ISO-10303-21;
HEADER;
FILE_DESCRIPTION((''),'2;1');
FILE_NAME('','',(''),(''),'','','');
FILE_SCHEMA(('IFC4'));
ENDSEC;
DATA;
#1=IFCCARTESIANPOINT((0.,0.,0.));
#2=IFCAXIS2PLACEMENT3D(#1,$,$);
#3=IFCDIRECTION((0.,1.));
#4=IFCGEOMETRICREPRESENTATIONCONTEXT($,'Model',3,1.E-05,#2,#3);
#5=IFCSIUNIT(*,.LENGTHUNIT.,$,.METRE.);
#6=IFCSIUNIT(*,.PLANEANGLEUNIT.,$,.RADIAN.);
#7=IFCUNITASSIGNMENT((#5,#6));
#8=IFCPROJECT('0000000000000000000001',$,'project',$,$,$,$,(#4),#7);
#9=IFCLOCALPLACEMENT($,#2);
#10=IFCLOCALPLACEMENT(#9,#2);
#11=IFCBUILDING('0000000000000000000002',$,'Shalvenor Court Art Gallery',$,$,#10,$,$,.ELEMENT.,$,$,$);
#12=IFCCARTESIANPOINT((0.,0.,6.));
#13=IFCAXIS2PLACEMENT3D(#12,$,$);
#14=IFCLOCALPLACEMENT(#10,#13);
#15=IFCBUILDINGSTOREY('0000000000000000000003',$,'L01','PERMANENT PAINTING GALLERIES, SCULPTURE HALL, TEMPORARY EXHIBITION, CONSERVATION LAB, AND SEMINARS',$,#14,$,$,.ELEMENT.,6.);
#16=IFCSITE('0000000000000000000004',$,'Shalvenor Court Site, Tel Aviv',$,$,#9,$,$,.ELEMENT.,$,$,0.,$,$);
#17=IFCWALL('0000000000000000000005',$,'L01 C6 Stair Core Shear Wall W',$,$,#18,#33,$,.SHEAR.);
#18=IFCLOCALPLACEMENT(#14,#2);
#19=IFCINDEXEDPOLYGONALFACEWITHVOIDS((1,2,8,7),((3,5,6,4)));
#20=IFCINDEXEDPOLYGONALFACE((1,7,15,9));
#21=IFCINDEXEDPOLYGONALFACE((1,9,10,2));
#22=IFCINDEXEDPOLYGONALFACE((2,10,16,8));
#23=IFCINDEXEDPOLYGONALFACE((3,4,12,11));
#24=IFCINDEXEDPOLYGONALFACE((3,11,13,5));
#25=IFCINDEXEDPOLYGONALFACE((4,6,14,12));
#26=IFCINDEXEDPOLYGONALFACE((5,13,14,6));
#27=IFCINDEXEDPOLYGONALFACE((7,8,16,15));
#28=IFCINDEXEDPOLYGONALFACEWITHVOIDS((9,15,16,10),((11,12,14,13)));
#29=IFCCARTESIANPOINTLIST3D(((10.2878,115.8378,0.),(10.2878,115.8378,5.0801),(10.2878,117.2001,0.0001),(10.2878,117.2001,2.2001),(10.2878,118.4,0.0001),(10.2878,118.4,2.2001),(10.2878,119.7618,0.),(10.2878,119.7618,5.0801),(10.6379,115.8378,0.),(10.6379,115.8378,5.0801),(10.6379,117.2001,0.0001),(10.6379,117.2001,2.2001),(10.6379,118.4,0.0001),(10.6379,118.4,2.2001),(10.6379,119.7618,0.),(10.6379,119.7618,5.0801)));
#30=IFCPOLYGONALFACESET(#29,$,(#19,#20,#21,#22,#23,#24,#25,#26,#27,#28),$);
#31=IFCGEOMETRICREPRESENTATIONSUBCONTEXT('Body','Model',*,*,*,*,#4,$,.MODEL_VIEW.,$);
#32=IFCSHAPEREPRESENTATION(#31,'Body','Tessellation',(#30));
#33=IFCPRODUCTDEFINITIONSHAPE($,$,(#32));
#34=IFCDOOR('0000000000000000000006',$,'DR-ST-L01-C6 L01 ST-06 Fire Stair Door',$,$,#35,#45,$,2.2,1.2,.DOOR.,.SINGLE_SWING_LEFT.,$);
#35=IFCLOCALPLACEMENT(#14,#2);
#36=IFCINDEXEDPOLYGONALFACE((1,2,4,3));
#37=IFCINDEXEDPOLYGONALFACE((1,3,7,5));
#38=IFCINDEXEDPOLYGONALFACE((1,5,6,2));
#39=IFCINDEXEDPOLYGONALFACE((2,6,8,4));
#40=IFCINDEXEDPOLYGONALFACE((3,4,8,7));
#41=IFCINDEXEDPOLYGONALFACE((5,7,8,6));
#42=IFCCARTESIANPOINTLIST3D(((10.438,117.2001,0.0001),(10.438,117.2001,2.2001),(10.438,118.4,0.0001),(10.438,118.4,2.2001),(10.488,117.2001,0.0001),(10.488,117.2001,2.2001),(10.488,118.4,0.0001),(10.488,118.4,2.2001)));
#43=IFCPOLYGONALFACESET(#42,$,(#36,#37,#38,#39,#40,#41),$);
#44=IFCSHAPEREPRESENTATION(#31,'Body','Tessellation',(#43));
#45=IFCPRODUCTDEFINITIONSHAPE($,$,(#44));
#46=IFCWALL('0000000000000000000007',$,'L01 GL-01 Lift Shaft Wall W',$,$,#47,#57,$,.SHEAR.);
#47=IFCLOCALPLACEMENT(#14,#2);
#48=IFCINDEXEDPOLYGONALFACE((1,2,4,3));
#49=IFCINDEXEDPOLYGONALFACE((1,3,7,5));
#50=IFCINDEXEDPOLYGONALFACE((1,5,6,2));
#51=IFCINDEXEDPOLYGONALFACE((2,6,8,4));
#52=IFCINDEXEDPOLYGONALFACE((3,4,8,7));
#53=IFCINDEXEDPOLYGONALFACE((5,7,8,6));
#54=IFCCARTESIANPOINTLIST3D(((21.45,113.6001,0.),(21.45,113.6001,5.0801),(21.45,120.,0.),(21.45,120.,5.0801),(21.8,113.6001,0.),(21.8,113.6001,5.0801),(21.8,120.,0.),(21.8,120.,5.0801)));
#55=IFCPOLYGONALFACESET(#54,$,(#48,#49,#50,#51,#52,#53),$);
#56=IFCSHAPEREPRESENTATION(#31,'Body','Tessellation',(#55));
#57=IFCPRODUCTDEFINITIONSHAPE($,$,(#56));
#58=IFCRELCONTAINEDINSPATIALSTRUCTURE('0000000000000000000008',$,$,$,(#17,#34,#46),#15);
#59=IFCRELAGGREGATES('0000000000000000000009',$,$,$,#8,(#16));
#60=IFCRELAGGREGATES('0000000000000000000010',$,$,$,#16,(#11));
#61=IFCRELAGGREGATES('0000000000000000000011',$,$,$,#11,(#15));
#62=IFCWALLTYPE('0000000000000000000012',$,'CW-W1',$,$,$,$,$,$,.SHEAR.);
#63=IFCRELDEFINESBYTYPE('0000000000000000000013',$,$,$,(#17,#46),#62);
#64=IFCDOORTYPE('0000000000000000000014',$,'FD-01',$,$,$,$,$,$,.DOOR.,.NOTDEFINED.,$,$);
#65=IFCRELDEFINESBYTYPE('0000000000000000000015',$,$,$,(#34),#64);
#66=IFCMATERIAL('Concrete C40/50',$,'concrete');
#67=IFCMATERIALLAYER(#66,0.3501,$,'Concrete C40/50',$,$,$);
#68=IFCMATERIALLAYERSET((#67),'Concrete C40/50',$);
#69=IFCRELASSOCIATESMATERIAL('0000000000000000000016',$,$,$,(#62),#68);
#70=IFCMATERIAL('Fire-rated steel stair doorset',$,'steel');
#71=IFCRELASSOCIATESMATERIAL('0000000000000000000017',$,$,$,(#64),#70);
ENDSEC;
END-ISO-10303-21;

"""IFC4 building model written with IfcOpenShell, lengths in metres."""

from ifc_helpers import new_model, si_unit, direction, frame, frame_2d, origin, place, context, subcontext, project, spatial, rectangle, extrude, material, layer, layer_set, type_object, element, fill, save


model = new_model("IFC4")

# Units and contexts
model_context = context("Model", 3, precision=1e-05, world=origin(), true_north=direction((0.0, 1.0)))
body_context = subcontext(model_context, "Body", "Model", "MODEL_VIEW")
ifc_project = project(units=[si_unit("LENGTHUNIT", "METRE"), si_unit("PLANEANGLEUNIT", "RADIAN")], contexts=[model_context])

# Site, building, storey
site_placement = place(None, origin())
site = spatial("IfcSite", under=ifc_project, at=site_placement, Name="Shalvenor Court Site, Tel Aviv", CompositionType="ELEMENT", RefElevation=0.0)
building_placement = place(site_placement, origin())
building = spatial("IfcBuilding", under=site, at=building_placement, Name="Shalvenor Court Art Gallery", CompositionType="ELEMENT")
storey_placement = place(building_placement, frame((0.0, 0.0, 6.0)))
storey = spatial("IfcBuildingStorey", under=building, at=storey_placement, Name="L01", Description="PERMANENT PAINTING GALLERIES, SCULPTURE HALL, TEMPORARY EXHIBITION, CONSERVATION LAB, AND SEMINARS", CompositionType="ELEMENT", Elevation=6.0)

# Shared definitions
ifc_material_1 = material(Name="Concrete C40/50", Category="concrete")
ifc_layer_1 = layer(ifc_material_1, 0.3501, Name="Concrete C40/50")
ifc_layer_set_1 = layer_set([ifc_layer_1], Name="Concrete C40/50")
wall_type = type_object("IfcWallType", Name="CW-W1", PredefinedType="SHEAR", material=ifc_layer_set_1)

# Wall, opening, door
wall_1_placement = place(storey_placement, frame((10.4629, 115.8379, 0.0), z_axis=(0.0, 0.0, 1.0), x_axis=(0.0, 1.0, 0.0)))
wall_1 = element("IfcWall", 1, at=wall_1_placement, inside=storey, type_object=wall_type, Name="L01 C6 Stair Core Shear Wall W", PredefinedType="SHEAR", context=body_context, shape_type="SweptSolid", body=[
    extrude(rectangle(XDim=3.9241, YDim=0.3501, at=frame_2d((1.9619, 0.0))), origin(), (0.0, 0.0, 1.0), 5.0801),
])
opening_placement = place(wall_1_placement, frame((1.3621, 0.0, 0.0)))
opening = element("IfcOpeningElement", 2, at=opening_placement, cuts=wall_1, PredefinedType="OPENING", context=body_context, shape_type="SweptSolid", body=[
    extrude(rectangle(XDim=1.2, YDim=2.2, at=frame_2d((0.6001, 1.1001))), frame((0.0, 0.1851, 0.0), z_axis=(0.0, -1.0, 0.0), x_axis=(1.0, 0.0, 0.0)), (0.0, 0.0, 1.0), 0.3701),
])
ifc_material_2 = material(Name="Fire-rated steel stair doorset", Category="steel")
door_type = type_object("IfcDoorType", Name="FD-01", OperationType="NOTDEFINED", PredefinedType="DOOR", material=ifc_material_2)
door_placement = place(opening_placement, origin())
door = element("IfcDoor", 3, at=door_placement, inside=storey, type_object=door_type, Name="DR-ST-L01-C6 L01 ST-06 Fire Stair Door", OperationType="SINGLE_SWING_LEFT", OverallHeight=2.2, OverallWidth=1.2, PredefinedType="DOOR", context=body_context, shape_type="SweptSolid", body=[
    extrude(rectangle(XDim=1.2, YDim=2.2, at=frame_2d((0.6001, 1.1001))), frame((0.0, 0.0249, 0.0), z_axis=(0.0, -1.0, 0.0), x_axis=(1.0, 0.0, 0.0)), (0.0, 0.0, 1.0), 0.05),
])
fill(opening, door)

# Wall
wall_2_placement = place(storey_placement, frame((21.625, 113.6001, 0.0), z_axis=(0.0, 0.0, 1.0), x_axis=(0.0, 1.0, 0.0)))
element("IfcWall", 4, at=wall_2_placement, inside=storey, type_object=wall_type, Name="L01 GL-01 Lift Shaft Wall W", PredefinedType="SHEAR", context=body_context, shape_type="SweptSolid", body=[
    extrude(rectangle(XDim=6.3999, YDim=0.3501, at=frame_2d((3.2, 0.0))), origin(), (0.0, 0.0, 1.0), 5.0801),
])

save(model, "model.ifc")
